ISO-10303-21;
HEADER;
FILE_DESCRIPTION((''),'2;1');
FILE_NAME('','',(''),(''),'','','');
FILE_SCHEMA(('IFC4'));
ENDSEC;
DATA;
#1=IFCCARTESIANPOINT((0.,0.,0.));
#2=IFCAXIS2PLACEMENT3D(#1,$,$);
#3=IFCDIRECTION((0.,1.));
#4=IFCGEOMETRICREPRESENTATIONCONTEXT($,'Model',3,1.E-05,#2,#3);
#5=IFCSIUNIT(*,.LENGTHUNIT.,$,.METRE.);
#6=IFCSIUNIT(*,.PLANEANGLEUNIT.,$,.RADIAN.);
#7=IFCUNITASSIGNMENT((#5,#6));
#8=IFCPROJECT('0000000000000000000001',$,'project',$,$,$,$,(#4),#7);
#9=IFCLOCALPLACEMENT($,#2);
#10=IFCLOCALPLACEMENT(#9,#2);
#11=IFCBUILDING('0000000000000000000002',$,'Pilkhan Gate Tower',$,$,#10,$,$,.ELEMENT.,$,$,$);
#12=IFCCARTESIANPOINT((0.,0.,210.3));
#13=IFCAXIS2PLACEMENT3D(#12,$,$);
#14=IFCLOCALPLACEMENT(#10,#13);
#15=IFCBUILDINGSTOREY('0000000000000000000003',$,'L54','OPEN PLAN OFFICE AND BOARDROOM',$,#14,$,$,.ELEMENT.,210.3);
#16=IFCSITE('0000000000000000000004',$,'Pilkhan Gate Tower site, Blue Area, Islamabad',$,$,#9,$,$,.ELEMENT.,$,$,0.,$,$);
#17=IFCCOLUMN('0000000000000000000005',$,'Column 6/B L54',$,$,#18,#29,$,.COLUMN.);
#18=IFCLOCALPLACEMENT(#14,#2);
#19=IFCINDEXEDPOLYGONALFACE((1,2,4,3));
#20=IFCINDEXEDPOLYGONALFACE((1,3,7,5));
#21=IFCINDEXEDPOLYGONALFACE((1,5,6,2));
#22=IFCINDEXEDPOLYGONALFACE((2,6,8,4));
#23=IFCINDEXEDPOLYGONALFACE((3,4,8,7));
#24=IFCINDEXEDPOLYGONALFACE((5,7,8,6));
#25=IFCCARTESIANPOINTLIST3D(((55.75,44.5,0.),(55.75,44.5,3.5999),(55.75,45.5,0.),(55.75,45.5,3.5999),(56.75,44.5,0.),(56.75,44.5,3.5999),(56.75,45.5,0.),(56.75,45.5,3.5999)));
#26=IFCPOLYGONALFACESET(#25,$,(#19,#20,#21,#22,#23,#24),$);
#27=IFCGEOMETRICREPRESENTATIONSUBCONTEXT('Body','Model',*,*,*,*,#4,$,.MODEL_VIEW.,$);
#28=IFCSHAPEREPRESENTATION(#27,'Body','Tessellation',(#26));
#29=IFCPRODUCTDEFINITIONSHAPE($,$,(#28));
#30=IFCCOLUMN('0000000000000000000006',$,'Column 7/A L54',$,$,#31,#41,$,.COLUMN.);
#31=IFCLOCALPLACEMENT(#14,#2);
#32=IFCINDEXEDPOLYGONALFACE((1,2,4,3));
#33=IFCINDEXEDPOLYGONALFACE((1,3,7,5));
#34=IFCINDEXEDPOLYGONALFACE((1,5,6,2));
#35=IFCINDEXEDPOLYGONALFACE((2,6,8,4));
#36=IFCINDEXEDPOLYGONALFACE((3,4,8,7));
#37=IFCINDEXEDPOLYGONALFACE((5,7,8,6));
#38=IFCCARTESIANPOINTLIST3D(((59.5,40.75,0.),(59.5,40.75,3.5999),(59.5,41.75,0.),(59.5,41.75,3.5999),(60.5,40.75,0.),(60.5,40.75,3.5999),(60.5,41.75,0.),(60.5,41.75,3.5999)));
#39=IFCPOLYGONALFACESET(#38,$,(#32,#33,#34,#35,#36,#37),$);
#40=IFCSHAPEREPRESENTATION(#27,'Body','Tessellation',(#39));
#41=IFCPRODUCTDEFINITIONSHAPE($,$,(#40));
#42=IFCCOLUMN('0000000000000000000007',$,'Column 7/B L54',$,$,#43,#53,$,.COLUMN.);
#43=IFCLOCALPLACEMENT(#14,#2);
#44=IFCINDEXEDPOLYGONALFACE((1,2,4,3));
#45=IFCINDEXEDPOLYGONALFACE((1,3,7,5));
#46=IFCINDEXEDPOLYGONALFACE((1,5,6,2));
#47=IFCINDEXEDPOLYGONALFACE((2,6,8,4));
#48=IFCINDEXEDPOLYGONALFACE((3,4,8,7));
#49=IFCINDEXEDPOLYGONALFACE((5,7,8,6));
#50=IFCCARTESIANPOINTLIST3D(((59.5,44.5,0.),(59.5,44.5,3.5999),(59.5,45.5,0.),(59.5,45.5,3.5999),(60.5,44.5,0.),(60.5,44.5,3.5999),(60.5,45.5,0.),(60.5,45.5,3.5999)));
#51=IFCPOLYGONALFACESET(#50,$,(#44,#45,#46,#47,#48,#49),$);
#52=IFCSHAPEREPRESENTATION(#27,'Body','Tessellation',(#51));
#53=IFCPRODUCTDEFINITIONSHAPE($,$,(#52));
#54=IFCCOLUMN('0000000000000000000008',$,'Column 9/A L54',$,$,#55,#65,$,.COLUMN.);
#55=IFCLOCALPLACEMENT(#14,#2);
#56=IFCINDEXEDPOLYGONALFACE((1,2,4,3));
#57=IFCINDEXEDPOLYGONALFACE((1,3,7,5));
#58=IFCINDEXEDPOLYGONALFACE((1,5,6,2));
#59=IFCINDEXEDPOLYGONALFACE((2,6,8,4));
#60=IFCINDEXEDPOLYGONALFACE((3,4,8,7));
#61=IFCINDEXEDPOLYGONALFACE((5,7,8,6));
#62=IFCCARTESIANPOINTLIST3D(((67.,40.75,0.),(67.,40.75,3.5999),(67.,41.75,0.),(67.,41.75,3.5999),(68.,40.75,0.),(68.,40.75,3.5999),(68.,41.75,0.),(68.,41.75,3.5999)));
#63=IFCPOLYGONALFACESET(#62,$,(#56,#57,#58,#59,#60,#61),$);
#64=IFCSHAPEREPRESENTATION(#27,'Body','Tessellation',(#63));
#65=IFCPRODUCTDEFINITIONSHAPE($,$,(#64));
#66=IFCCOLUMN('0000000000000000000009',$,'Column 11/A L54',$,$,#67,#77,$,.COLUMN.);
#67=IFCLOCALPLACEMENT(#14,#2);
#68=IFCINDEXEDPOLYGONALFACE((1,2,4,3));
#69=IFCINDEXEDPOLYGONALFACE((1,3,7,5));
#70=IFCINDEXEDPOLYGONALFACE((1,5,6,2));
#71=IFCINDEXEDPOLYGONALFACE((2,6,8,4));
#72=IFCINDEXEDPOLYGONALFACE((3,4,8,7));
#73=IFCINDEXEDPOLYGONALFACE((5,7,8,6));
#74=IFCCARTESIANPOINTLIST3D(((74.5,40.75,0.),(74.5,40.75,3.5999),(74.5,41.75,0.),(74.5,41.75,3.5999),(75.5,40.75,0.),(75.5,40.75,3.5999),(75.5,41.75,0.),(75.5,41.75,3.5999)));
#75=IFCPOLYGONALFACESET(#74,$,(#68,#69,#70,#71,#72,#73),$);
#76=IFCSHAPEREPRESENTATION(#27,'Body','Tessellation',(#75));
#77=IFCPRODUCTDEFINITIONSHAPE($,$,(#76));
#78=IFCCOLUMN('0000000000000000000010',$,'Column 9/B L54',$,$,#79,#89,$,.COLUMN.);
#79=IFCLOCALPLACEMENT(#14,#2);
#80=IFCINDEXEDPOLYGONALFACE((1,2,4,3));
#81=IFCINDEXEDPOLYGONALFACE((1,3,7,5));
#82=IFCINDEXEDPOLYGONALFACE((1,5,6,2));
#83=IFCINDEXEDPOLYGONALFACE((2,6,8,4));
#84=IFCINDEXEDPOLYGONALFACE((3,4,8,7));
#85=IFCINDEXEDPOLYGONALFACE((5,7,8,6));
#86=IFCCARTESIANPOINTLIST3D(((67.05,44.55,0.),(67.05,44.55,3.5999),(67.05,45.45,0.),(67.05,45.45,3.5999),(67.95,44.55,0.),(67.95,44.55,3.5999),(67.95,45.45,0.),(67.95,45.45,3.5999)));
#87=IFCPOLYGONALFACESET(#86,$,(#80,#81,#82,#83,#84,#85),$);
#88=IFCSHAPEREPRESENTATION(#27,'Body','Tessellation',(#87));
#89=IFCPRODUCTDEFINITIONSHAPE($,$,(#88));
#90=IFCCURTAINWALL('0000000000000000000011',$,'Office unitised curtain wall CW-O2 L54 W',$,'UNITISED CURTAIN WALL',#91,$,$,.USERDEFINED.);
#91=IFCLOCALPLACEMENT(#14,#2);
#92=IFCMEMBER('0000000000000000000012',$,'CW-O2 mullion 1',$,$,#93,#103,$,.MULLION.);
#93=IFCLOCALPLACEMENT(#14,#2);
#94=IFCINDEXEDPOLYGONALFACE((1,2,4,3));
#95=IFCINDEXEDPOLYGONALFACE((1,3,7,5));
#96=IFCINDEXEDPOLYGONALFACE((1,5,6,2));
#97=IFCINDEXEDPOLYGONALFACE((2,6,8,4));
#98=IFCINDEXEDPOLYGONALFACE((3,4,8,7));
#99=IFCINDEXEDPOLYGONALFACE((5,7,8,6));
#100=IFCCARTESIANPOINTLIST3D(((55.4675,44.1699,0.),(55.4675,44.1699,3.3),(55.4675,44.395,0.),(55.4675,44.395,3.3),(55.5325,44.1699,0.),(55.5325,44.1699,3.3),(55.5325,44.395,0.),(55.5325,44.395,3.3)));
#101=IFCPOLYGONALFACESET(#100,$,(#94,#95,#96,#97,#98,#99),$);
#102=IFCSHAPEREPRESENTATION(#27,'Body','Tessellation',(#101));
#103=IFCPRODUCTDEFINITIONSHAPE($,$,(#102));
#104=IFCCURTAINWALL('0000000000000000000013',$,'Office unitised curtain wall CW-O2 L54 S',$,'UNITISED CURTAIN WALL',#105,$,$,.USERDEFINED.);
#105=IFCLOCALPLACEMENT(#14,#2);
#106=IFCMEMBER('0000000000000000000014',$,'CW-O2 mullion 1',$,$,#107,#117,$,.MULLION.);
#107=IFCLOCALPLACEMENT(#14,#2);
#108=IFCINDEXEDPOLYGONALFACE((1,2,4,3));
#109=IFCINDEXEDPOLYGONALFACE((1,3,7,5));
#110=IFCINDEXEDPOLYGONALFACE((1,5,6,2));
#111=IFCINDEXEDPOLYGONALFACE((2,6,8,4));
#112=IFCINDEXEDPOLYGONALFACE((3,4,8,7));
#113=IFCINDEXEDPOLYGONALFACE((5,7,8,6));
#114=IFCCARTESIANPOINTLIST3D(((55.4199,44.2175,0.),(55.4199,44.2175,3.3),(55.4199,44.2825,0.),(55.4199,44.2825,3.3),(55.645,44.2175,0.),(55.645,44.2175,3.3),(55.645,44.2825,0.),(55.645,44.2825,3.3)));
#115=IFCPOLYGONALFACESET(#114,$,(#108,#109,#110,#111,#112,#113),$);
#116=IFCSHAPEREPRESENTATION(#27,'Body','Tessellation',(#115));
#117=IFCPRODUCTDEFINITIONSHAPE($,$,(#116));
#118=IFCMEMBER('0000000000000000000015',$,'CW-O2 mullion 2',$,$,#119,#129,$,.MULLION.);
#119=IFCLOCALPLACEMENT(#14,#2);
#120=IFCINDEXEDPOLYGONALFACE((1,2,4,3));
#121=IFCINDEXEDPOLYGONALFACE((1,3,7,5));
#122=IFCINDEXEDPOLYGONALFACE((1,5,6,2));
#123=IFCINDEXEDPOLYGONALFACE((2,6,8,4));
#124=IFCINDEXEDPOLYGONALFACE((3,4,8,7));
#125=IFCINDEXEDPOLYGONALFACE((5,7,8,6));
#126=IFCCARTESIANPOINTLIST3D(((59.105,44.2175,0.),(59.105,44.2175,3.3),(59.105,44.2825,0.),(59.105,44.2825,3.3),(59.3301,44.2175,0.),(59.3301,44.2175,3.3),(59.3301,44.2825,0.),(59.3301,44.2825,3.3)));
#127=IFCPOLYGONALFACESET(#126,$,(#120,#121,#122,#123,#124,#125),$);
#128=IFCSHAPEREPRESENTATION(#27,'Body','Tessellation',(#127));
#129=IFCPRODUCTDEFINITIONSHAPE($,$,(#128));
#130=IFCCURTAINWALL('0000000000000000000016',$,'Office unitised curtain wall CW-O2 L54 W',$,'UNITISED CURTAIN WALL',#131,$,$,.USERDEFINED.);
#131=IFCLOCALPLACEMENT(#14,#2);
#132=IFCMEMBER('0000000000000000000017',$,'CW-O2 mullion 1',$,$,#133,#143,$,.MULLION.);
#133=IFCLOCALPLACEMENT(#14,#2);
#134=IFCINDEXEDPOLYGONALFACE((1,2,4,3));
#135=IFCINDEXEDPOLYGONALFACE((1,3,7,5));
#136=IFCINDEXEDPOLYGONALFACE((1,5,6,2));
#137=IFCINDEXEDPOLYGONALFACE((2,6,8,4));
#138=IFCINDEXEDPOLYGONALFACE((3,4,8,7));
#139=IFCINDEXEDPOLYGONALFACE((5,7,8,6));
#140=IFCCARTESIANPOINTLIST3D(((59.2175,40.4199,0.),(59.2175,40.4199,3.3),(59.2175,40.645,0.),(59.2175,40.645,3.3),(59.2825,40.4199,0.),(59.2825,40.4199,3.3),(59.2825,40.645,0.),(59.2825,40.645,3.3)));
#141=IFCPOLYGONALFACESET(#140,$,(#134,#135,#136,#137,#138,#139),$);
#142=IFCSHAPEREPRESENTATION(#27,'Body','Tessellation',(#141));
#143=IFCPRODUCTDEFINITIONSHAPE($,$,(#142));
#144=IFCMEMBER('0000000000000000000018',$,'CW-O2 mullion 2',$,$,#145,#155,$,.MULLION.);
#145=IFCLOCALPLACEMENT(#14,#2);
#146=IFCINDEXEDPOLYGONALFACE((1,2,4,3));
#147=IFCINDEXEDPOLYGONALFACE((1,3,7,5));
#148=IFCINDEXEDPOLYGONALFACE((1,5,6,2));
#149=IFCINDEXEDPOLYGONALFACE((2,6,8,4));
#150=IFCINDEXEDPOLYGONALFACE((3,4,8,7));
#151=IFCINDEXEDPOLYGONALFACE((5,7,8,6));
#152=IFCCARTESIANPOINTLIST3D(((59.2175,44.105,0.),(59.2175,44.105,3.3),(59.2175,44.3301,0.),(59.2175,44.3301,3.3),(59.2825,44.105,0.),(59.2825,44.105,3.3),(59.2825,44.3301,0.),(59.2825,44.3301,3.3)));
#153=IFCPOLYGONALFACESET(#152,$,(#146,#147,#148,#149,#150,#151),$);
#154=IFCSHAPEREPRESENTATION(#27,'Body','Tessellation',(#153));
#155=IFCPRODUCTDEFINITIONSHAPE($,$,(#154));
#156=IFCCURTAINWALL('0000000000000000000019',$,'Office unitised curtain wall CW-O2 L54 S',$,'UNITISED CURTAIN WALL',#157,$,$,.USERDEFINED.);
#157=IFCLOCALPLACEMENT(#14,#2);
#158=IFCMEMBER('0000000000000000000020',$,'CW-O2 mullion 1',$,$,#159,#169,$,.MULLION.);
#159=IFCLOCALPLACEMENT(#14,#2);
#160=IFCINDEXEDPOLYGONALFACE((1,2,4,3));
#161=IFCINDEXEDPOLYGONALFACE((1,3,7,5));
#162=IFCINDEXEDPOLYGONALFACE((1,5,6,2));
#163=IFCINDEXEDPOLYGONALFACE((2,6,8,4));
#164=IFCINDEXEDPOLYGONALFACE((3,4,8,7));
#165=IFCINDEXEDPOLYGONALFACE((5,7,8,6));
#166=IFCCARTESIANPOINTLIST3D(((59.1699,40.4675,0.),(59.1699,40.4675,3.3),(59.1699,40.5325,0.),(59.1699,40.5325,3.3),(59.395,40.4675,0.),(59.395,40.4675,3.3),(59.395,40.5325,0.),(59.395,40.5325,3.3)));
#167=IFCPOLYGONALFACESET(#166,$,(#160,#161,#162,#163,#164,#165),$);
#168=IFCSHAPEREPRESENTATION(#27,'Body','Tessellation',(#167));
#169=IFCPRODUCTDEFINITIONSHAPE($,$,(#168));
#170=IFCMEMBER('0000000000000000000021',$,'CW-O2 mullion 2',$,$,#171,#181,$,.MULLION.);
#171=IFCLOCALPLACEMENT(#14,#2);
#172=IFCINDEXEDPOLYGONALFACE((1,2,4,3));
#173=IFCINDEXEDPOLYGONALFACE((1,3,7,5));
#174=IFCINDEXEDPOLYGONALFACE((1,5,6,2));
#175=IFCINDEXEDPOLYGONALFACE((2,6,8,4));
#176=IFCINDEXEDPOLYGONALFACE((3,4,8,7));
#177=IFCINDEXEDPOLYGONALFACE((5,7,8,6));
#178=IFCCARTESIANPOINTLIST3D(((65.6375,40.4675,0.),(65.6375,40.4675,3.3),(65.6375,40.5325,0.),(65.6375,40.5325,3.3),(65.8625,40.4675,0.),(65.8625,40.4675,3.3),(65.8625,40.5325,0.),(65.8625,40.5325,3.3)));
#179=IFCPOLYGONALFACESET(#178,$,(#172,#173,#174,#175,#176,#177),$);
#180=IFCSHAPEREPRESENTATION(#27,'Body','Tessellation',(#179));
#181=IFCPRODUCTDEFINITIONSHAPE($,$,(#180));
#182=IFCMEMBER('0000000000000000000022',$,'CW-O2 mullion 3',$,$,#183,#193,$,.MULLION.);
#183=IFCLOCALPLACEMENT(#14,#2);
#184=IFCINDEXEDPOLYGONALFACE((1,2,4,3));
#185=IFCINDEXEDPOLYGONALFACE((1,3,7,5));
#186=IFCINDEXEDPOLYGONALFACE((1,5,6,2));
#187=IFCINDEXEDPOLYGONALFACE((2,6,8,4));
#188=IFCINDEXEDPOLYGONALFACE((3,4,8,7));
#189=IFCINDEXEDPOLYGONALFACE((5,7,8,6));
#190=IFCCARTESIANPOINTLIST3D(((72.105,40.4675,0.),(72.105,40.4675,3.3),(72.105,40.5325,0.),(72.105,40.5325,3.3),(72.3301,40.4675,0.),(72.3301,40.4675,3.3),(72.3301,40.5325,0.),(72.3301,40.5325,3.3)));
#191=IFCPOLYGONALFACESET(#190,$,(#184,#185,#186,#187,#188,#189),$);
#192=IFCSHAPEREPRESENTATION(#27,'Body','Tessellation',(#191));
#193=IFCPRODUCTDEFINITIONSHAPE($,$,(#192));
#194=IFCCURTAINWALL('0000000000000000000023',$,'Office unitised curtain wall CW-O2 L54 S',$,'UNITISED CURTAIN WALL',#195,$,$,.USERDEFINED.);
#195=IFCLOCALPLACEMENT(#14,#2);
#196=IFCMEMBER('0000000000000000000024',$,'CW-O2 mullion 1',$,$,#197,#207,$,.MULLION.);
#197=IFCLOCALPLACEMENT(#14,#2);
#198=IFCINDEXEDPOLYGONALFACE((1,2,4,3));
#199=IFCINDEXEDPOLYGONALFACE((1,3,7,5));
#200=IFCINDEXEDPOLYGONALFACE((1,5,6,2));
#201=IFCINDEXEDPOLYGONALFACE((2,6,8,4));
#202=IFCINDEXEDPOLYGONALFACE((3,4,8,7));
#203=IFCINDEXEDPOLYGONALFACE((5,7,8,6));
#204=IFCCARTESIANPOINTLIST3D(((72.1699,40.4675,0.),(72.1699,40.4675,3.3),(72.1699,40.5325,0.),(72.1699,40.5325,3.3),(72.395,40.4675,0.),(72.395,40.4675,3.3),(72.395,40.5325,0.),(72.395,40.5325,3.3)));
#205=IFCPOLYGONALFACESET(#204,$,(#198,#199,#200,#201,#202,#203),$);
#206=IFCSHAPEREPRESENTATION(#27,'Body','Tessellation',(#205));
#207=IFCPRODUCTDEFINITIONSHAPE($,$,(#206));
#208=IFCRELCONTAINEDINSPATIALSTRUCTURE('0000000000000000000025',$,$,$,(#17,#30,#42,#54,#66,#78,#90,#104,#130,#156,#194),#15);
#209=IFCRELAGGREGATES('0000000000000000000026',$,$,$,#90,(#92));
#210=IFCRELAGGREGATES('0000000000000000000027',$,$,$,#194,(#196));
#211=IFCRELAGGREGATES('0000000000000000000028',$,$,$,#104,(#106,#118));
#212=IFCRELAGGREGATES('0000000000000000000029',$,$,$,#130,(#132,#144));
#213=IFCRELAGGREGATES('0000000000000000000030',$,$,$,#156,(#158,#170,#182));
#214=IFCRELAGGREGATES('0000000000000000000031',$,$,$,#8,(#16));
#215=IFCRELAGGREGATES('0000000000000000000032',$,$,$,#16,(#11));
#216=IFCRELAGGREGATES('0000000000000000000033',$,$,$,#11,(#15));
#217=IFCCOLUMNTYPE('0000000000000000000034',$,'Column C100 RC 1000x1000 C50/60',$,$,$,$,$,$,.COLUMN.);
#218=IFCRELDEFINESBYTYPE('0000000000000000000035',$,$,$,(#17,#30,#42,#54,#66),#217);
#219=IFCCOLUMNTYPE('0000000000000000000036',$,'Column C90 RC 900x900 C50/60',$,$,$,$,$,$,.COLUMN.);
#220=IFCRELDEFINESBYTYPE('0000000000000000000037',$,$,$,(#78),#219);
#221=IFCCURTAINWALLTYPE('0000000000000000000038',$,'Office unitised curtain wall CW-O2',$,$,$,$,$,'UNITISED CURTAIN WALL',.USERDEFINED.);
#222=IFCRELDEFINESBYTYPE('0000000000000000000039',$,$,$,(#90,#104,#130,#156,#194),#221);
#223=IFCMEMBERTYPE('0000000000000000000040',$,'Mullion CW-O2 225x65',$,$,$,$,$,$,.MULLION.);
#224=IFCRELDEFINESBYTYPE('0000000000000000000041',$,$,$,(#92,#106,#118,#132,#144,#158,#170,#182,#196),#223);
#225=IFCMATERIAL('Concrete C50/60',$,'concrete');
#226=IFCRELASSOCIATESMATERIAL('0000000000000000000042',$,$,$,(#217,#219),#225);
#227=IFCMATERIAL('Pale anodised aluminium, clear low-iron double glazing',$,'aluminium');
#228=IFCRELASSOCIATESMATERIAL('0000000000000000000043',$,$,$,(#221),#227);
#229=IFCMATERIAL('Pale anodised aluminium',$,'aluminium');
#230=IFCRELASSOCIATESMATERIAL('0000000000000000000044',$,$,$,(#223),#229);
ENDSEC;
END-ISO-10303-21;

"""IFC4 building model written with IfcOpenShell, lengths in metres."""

from ifc_helpers import new_model, si_unit, direction, frame, origin, origin_2d, place, context, subcontext, project, spatial, rectangle, extrude, material, material_profile, profile_set, type_object, element, aggregate, save


model = new_model("IFC4")

# Units and contexts
model_context = context("Model", 3, precision=1e-05, world=origin(), true_north=direction((0.0, 1.0)))
body_context = subcontext(model_context, "Body", "Model", "MODEL_VIEW")
ifc_project = project(units=[si_unit("LENGTHUNIT", "METRE"), si_unit("PLANEANGLEUNIT", "RADIAN")], contexts=[model_context])

# Site, building, storey
site_placement = place(None, origin())
site = spatial("IfcSite", under=ifc_project, at=site_placement, Name="Pilkhan Gate Tower site, Blue Area, Islamabad", CompositionType="ELEMENT", RefElevation=0.0)
building_placement = place(site_placement, origin())
building = spatial("IfcBuilding", under=site, at=building_placement, Name="Pilkhan Gate Tower", CompositionType="ELEMENT")
storey_placement = place(building_placement, frame((0.0, 0.0, 210.3)))
storey = spatial("IfcBuildingStorey", under=building, at=storey_placement, Name="L54", Description="OPEN PLAN OFFICE AND BOARDROOM", CompositionType="ELEMENT", Elevation=210.3)

# Columns
ifc_material_1 = material(Name="Concrete C50/60", Category="concrete")
ifc_material_profile_1 = material_profile(ifc_material_1, rectangle(XDim=1.0, YDim=1.0, at=origin_2d()), Name="RC 1000x1000")
ifc_profile_set_1 = profile_set([ifc_material_profile_1], Name="Concrete C50/60")
column_type_1 = type_object("IfcColumnType", Name="Column C100 RC 1000x1000 C50/60", PredefinedType="COLUMN", material=ifc_profile_set_1)
for number, where, z_axis, x_axis, name in (
    (1, (56.25, 45.0, 0.0), (0.0, 0.0, 1.0), (1.0, 0.0, 0.0), "Column 6/B L54"),
    (2, (60.0, 41.25, 0.0), (0.0, 0.0, 1.0), (1.0, 0.0, 0.0), "Column 7/A L54"),
    (3, (60.0, 45.0, 0.0), (0.0, 0.0, 1.0), (1.0, 0.0, 0.0), "Column 7/B L54"),
    (4, (67.5, 41.25, 0.0), (0.0, 0.0, 1.0), (1.0, 0.0, 0.0), "Column 9/A L54"),
    (5, (75.0, 41.25, 0.0), (0.0, 0.0, 1.0), (1.0, 0.0, 0.0), "Column 11/A L54"),
):
    element("IfcColumn", number, at=place(storey_placement, frame(where, z_axis=z_axis, x_axis=x_axis)), inside=storey, type_object=column_type_1, Name=name, PredefinedType="COLUMN", context=body_context, shape_type="SweptSolid", body=[
        extrude(rectangle(XDim=1.0, YDim=1.0, at=origin_2d()), origin(), (0.0, 0.0, 1.0), 3.5999),
    ])
ifc_material_profile_2 = material_profile(ifc_material_1, rectangle(XDim=0.8999, YDim=0.8999, at=origin_2d()), Name="RC 900x900")
ifc_profile_set_2 = profile_set([ifc_material_profile_2], Name="Concrete C50/60")
column_type_2 = type_object("IfcColumnType", Name="Column C90 RC 900x900 C50/60", PredefinedType="COLUMN", material=ifc_profile_set_2)
column_placement = place(storey_placement, frame((67.5, 45.0, 0.0), z_axis=(0.0, 0.0, 1.0), x_axis=(1.0, 0.0, 0.0)))
element("IfcColumn", 6, at=column_placement, inside=storey, type_object=column_type_2, Name="Column 9/B L54", PredefinedType="COLUMN", context=body_context, shape_type="SweptSolid", body=[
    extrude(rectangle(XDim=0.8999, YDim=0.8999, at=origin_2d()), origin(), (0.0, 0.0, 1.0), 3.5999),
])

# Curtain wall, member
ifc_material_2 = material(Name="Pale anodised aluminium, clear low-iron double glazing", Category="aluminium")
curtain_wall_type = type_object("IfcCurtainWallType", Name="Office unitised curtain wall CW-O2", ElementType="UNITISED CURTAIN WALL", PredefinedType="USERDEFINED", material=ifc_material_2)
curtain_wall_1_placement = place(storey_placement, origin())
curtain_wall_1 = element("IfcCurtainWall", 7, at=curtain_wall_1_placement, inside=storey, type_object=curtain_wall_type, Name="Office unitised curtain wall CW-O2 L54 W", ObjectType="UNITISED CURTAIN WALL", PredefinedType="USERDEFINED")
ifc_material_3 = material(Name="Pale anodised aluminium", Category="aluminium")
ifc_material_profile_3 = material_profile(ifc_material_3, rectangle(XDim=0.0649, YDim=0.2251, at=origin_2d()), Name="Mullion 225x65")
ifc_profile_set_3 = profile_set([ifc_material_profile_3], Name="Pale anodised aluminium")
member_type_1 = type_object("IfcMemberType", Name="Mullion CW-O2 225x65", PredefinedType="MULLION", material=ifc_profile_set_3)
member_1_placement = place(storey_placement, frame((55.5, 44.2825, 0.0), z_axis=(0.0, 0.0, 1.0), x_axis=(-1.0, 0.0, 0.0)))
member_1 = element("IfcMember", 8, at=member_1_placement, type_object=member_type_1, Name="CW-O2 mullion 1", PredefinedType="MULLION", context=body_context, shape_type="SweptSolid", body=[
    extrude(rectangle(XDim=0.0649, YDim=0.2251, at=origin_2d()), origin(), (0.0, 0.0, 1.0), 3.3),
])

# Curtain walls, members
curtain_wall_2_placement = place(storey_placement, origin())
curtain_wall_2 = element("IfcCurtainWall", 9, at=curtain_wall_2_placement, inside=storey, type_object=curtain_wall_type, Name="Office unitised curtain wall CW-O2 L54 S", ObjectType="UNITISED CURTAIN WALL", PredefinedType="USERDEFINED")
member_2_placement = place(storey_placement, frame((55.5325, 44.25, 0.0), z_axis=(0.0, 0.0, 1.0), x_axis=(0.0, 1.0, 0.0)))
member_2 = element("IfcMember", 10, at=member_2_placement, type_object=member_type_1, Name="CW-O2 mullion 1", PredefinedType="MULLION", context=body_context, shape_type="SweptSolid", body=[
    extrude(rectangle(XDim=0.0649, YDim=0.2251, at=origin_2d()), origin(), (0.0, 0.0, 1.0), 3.3),
])
member_3_placement = place(storey_placement, frame((59.2175, 44.25, 0.0), z_axis=(0.0, 0.0, 1.0), x_axis=(0.0, 1.0, 0.0)))
member_3 = element("IfcMember", 11, at=member_3_placement, type_object=member_type_1, Name="CW-O2 mullion 2", PredefinedType="MULLION", context=body_context, shape_type="SweptSolid", body=[
    extrude(rectangle(XDim=0.0649, YDim=0.2251, at=origin_2d()), origin(), (0.0, 0.0, 1.0), 3.3),
])
curtain_wall_3_placement = place(storey_placement, origin())
curtain_wall_3 = element("IfcCurtainWall", 12, at=curtain_wall_3_placement, inside=storey, type_object=curtain_wall_type, Name="Office unitised curtain wall CW-O2 L54 W", ObjectType="UNITISED CURTAIN WALL", PredefinedType="USERDEFINED")
member_4_placement = place(storey_placement, frame((59.25, 40.5325, 0.0), z_axis=(0.0, 0.0, 1.0), x_axis=(-1.0, 0.0, 0.0)))
member_4 = element("IfcMember", 13, at=member_4_placement, type_object=member_type_1, Name="CW-O2 mullion 1", PredefinedType="MULLION", context=body_context, shape_type="SweptSolid", body=[
    extrude(rectangle(XDim=0.0649, YDim=0.2251, at=origin_2d()), origin(), (0.0, 0.0, 1.0), 3.3),
])
member_5_placement = place(storey_placement, frame((59.25, 44.2175, 0.0), z_axis=(0.0, 0.0, 1.0), x_axis=(-1.0, 0.0, 0.0)))
member_5 = element("IfcMember", 14, at=member_5_placement, type_object=member_type_1, Name="CW-O2 mullion 2", PredefinedType="MULLION", context=body_context, shape_type="SweptSolid", body=[
    extrude(rectangle(XDim=0.0649, YDim=0.2251, at=origin_2d()), origin(), (0.0, 0.0, 1.0), 3.3),
])
curtain_wall_4_placement = place(storey_placement, origin())
curtain_wall_4 = element("IfcCurtainWall", 15, at=curtain_wall_4_placement, inside=storey, type_object=curtain_wall_type, Name="Office unitised curtain wall CW-O2 L54 S", ObjectType="UNITISED CURTAIN WALL", PredefinedType="USERDEFINED")
member_6_placement = place(storey_placement, frame((59.2825, 40.5, 0.0), z_axis=(0.0, 0.0, 1.0), x_axis=(0.0, 1.0, 0.0)))
member_6 = element("IfcMember", 16, at=member_6_placement, type_object=member_type_1, Name="CW-O2 mullion 1", PredefinedType="MULLION", context=body_context, shape_type="SweptSolid", body=[
    extrude(rectangle(XDim=0.0649, YDim=0.2251, at=origin_2d()), origin(), (0.0, 0.0, 1.0), 3.3),
])
member_7_placement = place(storey_placement, frame((65.75, 40.5, 0.0), z_axis=(0.0, 0.0, 1.0), x_axis=(0.0, 1.0, 0.0)))
member_7 = element("IfcMember", 17, at=member_7_placement, type_object=member_type_1, Name="CW-O2 mullion 2", PredefinedType="MULLION", context=body_context, shape_type="SweptSolid", body=[
    extrude(rectangle(XDim=0.0649, YDim=0.2251, at=origin_2d()), origin(), (0.0, 0.0, 1.0), 3.3),
])
member_8_placement = place(storey_placement, frame((72.2175, 40.5, 0.0), z_axis=(0.0, 0.0, 1.0), x_axis=(0.0, 1.0, 0.0)))
member_8 = element("IfcMember", 18, at=member_8_placement, type_object=member_type_1, Name="CW-O2 mullion 3", PredefinedType="MULLION", context=body_context, shape_type="SweptSolid", body=[
    extrude(rectangle(XDim=0.0649, YDim=0.2251, at=origin_2d()), origin(), (0.0, 0.0, 1.0), 3.3),
])

# Curtain wall, member
curtain_wall_5_placement = place(storey_placement, origin())
curtain_wall_5 = element("IfcCurtainWall", 19, at=curtain_wall_5_placement, inside=storey, type_object=curtain_wall_type, Name="Office unitised curtain wall CW-O2 L54 S", ObjectType="UNITISED CURTAIN WALL", PredefinedType="USERDEFINED")
member_9_placement = place(storey_placement, frame((72.2825, 40.5, 0.0), z_axis=(0.0, 0.0, 1.0), x_axis=(0.0, 1.0, 0.0)))
member_9 = element("IfcMember", 20, at=member_9_placement, type_object=member_type_1, Name="CW-O2 mullion 1", PredefinedType="MULLION", context=body_context, shape_type="SweptSolid", body=[
    extrude(rectangle(XDim=0.0649, YDim=0.2251, at=origin_2d()), origin(), (0.0, 0.0, 1.0), 3.3),
])

aggregate(curtain_wall_1, [member_1])
aggregate(curtain_wall_5, [member_9])

aggregate(curtain_wall_2, [member_2, member_3])
aggregate(curtain_wall_3, [member_4, member_5])
aggregate(curtain_wall_4, [member_6, member_7, member_8])

save(model, "model.ifc")
